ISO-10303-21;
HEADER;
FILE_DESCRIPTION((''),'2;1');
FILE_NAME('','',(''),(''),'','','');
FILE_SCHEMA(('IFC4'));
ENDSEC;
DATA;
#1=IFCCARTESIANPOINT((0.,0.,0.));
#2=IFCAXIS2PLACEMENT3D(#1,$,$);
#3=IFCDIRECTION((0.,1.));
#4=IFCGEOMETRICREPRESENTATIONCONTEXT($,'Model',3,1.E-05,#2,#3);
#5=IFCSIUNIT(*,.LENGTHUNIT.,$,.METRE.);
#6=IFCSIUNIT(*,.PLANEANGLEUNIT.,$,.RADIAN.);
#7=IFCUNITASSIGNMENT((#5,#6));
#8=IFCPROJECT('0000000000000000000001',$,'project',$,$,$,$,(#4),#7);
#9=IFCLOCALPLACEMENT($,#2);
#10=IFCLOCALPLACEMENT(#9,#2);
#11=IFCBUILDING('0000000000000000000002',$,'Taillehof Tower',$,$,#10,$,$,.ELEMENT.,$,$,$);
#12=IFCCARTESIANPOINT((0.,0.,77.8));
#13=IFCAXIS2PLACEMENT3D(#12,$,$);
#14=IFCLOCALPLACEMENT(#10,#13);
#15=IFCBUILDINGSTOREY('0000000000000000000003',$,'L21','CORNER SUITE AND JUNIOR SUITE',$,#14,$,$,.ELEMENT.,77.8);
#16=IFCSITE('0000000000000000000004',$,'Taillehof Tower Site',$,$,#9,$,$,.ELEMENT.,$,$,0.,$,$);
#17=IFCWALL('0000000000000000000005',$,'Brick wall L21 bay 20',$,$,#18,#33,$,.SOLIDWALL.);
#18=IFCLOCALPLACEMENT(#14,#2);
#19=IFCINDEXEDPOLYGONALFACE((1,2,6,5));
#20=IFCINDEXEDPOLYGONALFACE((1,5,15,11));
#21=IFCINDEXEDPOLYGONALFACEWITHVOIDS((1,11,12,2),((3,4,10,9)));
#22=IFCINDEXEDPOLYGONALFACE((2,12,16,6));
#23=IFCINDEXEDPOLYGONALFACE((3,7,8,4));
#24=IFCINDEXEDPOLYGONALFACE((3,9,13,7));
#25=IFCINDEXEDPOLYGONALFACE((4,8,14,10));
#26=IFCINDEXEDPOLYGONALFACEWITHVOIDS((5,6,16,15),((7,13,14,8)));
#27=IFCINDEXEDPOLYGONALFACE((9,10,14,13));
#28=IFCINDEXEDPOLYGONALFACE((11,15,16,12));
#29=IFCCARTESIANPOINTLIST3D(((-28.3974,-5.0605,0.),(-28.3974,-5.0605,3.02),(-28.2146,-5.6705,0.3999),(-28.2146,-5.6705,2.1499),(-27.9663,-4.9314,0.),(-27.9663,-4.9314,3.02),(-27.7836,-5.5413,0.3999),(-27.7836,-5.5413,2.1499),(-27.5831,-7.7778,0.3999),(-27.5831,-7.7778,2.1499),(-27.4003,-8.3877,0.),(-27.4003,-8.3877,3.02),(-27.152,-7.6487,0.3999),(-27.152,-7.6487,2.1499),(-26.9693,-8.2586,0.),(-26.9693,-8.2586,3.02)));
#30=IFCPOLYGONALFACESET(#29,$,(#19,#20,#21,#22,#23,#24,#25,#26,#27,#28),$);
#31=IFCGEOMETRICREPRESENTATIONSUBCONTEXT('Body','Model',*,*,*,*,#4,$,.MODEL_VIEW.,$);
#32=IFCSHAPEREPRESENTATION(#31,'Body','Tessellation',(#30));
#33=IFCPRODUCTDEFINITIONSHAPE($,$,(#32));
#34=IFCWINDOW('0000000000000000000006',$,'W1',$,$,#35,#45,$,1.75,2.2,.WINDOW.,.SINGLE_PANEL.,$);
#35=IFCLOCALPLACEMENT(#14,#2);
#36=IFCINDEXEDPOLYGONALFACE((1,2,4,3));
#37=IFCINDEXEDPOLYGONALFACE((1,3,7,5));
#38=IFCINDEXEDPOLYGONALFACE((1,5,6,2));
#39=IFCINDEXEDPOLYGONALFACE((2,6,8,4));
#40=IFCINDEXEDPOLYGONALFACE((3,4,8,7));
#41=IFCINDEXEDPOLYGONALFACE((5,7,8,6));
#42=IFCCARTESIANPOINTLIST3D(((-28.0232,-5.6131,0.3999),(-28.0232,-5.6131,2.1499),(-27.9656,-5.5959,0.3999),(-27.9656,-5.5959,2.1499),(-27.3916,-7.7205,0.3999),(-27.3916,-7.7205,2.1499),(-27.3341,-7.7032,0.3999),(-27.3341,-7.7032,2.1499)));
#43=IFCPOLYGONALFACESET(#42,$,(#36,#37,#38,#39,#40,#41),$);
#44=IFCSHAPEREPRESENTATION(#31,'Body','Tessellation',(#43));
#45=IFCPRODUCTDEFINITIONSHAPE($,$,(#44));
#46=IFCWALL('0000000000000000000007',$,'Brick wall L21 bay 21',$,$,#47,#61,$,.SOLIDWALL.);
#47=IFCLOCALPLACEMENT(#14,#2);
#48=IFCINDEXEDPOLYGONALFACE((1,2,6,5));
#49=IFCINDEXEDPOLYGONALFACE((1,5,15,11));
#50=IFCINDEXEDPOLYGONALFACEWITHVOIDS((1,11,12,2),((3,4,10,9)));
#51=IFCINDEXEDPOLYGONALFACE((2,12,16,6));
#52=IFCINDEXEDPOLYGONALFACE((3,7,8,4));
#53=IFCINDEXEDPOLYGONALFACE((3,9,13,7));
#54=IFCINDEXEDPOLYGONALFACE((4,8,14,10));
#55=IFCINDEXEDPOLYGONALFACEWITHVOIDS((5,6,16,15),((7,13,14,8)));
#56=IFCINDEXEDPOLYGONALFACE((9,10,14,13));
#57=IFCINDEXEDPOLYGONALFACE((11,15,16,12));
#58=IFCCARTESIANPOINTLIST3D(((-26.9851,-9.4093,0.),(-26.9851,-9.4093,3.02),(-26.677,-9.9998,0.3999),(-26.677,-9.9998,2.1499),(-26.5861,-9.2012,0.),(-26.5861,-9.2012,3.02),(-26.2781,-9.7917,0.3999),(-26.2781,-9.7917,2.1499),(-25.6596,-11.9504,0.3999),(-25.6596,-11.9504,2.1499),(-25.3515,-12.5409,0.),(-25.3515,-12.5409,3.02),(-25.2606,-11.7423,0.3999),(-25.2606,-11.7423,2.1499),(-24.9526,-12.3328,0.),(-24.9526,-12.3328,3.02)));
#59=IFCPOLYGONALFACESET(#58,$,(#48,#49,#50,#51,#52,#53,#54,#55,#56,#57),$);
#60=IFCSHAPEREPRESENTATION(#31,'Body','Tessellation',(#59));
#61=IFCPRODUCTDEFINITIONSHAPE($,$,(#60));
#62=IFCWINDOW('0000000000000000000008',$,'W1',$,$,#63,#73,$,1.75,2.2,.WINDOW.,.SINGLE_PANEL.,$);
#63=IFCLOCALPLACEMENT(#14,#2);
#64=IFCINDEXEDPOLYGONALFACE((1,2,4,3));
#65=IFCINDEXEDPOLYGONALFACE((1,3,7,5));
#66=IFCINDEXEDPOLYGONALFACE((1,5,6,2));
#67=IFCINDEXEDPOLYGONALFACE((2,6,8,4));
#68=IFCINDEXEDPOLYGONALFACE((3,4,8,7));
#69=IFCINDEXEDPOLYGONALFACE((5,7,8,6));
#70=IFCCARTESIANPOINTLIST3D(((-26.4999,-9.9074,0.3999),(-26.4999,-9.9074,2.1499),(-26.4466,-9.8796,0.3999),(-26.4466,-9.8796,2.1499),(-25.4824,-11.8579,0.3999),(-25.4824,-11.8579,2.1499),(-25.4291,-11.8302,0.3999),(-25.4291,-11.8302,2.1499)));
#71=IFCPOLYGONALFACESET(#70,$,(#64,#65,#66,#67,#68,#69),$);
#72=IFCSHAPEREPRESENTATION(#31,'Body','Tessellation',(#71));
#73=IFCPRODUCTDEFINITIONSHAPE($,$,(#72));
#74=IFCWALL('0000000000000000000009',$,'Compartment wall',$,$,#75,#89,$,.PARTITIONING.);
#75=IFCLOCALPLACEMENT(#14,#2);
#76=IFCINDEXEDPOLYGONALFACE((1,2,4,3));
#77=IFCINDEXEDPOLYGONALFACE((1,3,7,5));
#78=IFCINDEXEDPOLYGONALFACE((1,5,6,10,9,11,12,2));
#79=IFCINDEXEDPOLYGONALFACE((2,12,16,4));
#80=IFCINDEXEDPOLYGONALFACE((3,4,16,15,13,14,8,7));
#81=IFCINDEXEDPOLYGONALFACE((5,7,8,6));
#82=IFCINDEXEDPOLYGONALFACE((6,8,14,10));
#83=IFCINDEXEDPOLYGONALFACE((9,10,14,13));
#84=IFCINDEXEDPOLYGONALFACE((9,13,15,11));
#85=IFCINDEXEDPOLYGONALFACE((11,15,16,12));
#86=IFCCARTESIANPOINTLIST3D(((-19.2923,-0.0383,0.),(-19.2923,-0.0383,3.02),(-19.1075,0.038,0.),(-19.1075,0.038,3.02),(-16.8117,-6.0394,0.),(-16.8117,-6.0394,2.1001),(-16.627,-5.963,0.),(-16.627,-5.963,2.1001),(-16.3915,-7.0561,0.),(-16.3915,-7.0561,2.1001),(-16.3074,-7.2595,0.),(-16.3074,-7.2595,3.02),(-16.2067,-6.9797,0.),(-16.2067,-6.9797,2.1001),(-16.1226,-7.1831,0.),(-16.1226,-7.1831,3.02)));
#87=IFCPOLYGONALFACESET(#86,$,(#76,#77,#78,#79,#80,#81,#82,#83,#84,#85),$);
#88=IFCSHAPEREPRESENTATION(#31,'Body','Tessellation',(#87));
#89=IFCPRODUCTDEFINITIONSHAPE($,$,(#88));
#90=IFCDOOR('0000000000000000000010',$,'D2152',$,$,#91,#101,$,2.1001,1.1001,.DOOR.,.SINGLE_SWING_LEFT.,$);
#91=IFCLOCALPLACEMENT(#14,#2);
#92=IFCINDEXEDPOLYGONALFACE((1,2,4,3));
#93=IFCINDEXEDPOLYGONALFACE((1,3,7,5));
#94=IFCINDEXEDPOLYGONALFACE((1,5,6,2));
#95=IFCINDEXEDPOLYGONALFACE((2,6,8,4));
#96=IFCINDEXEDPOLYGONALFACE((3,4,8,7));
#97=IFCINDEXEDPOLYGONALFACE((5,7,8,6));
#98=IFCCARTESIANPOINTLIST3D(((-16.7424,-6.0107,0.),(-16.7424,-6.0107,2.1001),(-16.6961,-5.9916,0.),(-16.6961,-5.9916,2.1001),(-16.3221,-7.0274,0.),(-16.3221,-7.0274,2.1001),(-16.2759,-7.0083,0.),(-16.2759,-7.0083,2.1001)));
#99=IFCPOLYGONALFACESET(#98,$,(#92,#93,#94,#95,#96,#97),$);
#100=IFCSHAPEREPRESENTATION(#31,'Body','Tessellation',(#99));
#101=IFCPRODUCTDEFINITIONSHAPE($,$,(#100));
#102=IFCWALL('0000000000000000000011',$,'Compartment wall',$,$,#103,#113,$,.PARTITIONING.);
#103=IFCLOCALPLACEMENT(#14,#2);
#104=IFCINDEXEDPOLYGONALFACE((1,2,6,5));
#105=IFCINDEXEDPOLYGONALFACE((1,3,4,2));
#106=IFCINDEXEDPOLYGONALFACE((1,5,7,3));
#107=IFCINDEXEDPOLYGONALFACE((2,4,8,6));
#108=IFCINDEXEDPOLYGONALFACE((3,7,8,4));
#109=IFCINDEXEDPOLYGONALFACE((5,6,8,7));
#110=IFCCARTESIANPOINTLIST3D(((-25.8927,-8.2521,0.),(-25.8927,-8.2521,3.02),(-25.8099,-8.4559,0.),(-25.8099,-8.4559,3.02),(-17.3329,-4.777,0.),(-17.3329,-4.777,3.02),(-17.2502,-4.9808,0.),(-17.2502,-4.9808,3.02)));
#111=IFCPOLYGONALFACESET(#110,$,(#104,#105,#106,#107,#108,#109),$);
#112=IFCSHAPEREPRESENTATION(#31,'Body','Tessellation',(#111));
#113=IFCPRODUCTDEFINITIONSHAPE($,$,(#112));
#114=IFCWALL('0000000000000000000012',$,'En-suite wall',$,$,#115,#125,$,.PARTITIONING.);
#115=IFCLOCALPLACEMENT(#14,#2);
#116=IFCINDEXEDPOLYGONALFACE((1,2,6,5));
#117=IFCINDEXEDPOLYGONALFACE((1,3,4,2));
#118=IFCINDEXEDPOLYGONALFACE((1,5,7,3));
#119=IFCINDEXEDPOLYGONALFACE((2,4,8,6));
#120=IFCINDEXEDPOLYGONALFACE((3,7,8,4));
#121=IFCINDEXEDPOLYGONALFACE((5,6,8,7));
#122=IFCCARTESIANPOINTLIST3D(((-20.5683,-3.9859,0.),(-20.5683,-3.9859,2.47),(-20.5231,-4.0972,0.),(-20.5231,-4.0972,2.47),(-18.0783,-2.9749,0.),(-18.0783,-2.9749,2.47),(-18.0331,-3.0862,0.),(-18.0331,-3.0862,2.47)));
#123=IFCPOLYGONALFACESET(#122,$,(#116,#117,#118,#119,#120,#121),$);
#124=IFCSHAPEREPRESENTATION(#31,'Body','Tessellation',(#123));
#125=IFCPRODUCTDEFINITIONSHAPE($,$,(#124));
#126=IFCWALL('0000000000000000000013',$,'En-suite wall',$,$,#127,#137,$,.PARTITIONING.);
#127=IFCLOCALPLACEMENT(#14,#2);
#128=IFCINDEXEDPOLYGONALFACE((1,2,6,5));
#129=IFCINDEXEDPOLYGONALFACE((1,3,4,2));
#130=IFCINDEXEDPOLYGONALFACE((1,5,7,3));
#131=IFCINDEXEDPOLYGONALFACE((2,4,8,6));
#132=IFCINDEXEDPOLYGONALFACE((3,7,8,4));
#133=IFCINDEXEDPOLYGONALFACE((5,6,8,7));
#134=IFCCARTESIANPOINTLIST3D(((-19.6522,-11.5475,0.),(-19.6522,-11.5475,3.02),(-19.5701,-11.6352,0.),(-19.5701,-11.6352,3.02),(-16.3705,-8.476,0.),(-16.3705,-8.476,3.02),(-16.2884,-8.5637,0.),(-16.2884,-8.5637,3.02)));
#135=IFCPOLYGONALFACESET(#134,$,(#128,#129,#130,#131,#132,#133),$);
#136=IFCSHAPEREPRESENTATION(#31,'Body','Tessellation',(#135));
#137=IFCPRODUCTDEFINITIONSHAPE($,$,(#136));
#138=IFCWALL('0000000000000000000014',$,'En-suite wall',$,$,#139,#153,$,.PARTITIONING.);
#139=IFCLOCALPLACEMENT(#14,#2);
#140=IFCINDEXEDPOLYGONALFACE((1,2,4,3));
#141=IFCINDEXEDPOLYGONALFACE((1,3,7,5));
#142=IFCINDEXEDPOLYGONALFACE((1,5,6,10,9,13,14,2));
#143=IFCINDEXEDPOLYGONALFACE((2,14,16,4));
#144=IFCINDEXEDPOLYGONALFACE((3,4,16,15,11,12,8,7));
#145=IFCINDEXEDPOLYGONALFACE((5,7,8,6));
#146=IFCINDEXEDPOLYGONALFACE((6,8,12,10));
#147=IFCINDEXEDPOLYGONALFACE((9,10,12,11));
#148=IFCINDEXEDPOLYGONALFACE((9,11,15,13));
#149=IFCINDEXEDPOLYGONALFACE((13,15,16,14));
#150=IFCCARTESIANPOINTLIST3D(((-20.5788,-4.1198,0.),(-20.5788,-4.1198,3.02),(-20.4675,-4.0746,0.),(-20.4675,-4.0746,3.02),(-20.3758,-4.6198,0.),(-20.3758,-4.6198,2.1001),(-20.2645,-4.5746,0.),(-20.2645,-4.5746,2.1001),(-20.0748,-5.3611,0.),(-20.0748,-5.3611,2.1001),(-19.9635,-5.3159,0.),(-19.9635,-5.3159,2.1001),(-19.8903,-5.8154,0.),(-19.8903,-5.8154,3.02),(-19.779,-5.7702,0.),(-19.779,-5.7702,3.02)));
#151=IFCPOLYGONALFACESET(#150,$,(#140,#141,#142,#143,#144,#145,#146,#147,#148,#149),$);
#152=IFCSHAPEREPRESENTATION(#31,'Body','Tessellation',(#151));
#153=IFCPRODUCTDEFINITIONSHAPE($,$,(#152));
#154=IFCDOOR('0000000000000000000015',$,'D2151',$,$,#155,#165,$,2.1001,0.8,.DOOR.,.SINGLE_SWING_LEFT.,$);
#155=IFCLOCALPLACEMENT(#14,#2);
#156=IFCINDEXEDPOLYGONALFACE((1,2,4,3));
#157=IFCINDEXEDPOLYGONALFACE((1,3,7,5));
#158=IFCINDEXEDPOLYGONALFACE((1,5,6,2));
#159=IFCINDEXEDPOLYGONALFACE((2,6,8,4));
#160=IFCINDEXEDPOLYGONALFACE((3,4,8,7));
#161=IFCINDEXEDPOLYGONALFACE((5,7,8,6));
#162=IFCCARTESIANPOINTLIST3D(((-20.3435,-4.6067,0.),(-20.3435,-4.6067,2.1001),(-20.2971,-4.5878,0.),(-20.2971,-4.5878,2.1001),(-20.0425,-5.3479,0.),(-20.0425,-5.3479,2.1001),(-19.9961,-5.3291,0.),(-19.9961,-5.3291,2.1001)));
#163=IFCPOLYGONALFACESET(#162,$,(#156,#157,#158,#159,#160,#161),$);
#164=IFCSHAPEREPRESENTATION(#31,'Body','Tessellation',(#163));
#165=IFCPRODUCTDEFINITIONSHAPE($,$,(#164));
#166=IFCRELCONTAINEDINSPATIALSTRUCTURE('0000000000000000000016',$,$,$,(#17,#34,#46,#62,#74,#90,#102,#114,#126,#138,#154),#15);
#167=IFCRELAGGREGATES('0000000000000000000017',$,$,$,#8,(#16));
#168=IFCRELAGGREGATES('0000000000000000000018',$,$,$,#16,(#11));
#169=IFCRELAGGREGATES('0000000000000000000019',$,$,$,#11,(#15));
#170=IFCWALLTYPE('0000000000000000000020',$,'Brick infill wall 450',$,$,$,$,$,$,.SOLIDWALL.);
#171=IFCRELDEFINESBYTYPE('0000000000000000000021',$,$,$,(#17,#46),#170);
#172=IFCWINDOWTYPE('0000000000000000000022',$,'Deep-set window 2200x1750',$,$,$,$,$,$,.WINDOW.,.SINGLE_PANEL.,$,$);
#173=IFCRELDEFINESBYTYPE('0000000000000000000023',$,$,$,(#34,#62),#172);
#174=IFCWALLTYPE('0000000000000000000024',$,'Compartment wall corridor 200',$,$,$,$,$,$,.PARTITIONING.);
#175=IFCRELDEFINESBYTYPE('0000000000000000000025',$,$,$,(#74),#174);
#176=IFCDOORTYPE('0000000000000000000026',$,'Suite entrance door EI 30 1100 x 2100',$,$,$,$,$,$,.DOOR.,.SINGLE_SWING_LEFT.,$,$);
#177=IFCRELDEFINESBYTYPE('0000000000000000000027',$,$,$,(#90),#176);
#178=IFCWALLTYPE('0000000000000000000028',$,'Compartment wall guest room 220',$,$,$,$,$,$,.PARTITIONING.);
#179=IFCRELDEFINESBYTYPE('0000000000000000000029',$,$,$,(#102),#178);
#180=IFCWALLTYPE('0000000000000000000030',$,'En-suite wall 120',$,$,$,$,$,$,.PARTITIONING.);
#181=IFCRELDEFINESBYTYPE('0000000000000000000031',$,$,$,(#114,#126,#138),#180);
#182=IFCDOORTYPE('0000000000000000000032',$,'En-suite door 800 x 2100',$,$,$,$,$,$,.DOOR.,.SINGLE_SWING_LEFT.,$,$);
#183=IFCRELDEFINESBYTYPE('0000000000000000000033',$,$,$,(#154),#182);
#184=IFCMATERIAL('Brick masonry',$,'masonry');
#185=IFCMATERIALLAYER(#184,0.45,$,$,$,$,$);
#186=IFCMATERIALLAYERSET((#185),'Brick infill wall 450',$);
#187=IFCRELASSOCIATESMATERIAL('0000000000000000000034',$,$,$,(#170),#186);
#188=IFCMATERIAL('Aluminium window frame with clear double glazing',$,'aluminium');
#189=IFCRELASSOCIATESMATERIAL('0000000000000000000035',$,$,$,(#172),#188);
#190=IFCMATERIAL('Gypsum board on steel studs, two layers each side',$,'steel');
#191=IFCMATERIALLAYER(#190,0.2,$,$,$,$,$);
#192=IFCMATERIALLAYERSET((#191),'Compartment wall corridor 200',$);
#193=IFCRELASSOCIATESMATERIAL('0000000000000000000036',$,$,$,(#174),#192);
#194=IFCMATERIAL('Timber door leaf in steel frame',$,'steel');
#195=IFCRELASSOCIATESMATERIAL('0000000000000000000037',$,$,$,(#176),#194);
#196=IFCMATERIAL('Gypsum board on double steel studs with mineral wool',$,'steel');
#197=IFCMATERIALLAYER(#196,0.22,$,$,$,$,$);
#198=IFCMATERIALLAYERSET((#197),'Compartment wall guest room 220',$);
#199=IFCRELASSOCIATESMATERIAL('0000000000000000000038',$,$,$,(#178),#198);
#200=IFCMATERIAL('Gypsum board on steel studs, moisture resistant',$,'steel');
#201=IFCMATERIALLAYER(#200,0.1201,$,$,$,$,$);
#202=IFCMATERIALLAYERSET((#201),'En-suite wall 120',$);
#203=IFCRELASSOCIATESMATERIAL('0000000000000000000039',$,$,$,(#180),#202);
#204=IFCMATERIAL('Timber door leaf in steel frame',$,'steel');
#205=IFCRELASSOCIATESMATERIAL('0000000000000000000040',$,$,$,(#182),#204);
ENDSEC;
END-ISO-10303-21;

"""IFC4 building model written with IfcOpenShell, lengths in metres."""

from ifc_helpers import new_model, si_unit, direction, frame, frame_2d, origin, place, context, subcontext, project, spatial, rectangle, extrude, material, layer, layer_set, type_object, element, fill, save


model = new_model("IFC4")

# Units and contexts
model_context = context("Model", 3, precision=1e-05, world=origin(), true_north=direction((0.0, 1.0)))
body_context = subcontext(model_context, "Body", "Model", "MODEL_VIEW")
ifc_project = project(units=[si_unit("LENGTHUNIT", "METRE"), si_unit("PLANEANGLEUNIT", "RADIAN")], contexts=[model_context])

# Site, building, storey
site_placement = place(None, origin())
site = spatial("IfcSite", under=ifc_project, at=site_placement, Name="Taillehof Tower Site", CompositionType="ELEMENT", RefElevation=0.0)
building_placement = place(site_placement, origin())
building = spatial("IfcBuilding", under=site, at=building_placement, Name="Taillehof Tower", CompositionType="ELEMENT")
storey_placement = place(building_placement, frame((0.0, 0.0, 77.8)))
storey = spatial("IfcBuildingStorey", under=building, at=storey_placement, Name="L21", Description="CORNER SUITE AND JUNIOR SUITE", CompositionType="ELEMENT", Elevation=77.8)

# Walls, openings, windows
ifc_material_1 = material(Name="Brick masonry", Category="masonry")
ifc_layer_1 = layer(ifc_material_1, 0.45)
ifc_layer_set_1 = layer_set([ifc_layer_1], Name="Brick infill wall 450")
wall_type_1 = type_object("IfcWallType", Name="Brick infill wall 450", PredefinedType="SOLIDWALL", material=ifc_layer_set_1)
ifc_material_2 = material(Name="Aluminium window frame with clear double glazing", Category="aluminium")
window_type = type_object("IfcWindowType", Name="Deep-set window 2200x1750", PartitioningType="SINGLE_PANEL", PredefinedType="WINDOW", material=ifc_material_2)
wall_1_placement = place(storey_placement, frame((-28.1819, -4.9958, 0.0), z_axis=(0.0, 0.0, 1.0), x_axis=(0.287064, -0.957911, 0.0)))
wall_1 = element("IfcWall", 1, at=wall_1_placement, inside=storey, type_object=wall_type_1, Name="Brick wall L21 bay 20", PredefinedType="SOLIDWALL", context=body_context, shape_type="SweptSolid", body=[
    extrude(rectangle(XDim=3.4734, YDim=0.45, at=frame_2d((1.7368, 0.0))), origin(), (0.0, 0.0, 1.0), 3.02),
])
opening_1_placement = place(wall_1_placement, frame((0.6367, 0.0, 0.3999)))
opening_1 = element("IfcOpeningElement", 2, at=opening_1_placement, cuts=wall_1, PredefinedType="OPENING", context=body_context, shape_type="SweptSolid", body=[
    extrude(rectangle(XDim=2.2, YDim=1.75, at=frame_2d((1.1001, 0.875))), frame((0.0, 0.2349, 0.0), z_axis=(0.0, -1.0, 0.0), x_axis=(1.0, 0.0, 0.0)), (0.0, 0.0, 1.0), 0.47),
])
window_1_placement = place(opening_1_placement, origin())
window_1 = element("IfcWindow", 3, at=window_1_placement, inside=storey, type_object=window_type, Name="W1", OverallHeight=1.75, OverallWidth=2.2, PartitioningType="SINGLE_PANEL", PredefinedType="WINDOW", context=body_context, shape_type="SweptSolid", body=[
    extrude(rectangle(XDim=2.2, YDim=1.75, at=frame_2d((1.1001, 0.875))), frame((0.0, 0.0349, 0.0), z_axis=(0.0, -1.0, 0.0), x_axis=(1.0, 0.0, 0.0)), (0.0, 0.0, 1.0), 0.0601),
])
fill(opening_1, window_1)
wall_2_placement = place(storey_placement, frame((-26.7856, -9.3052, 0.0), z_axis=(0.0, 0.0, 1.0), x_axis=(0.462493, -0.886623, 0.0)))
wall_2 = element("IfcWall", 4, at=wall_2_placement, inside=storey, type_object=wall_type_1, Name="Brick wall L21 bay 21", PredefinedType="SOLIDWALL", context=body_context, shape_type="SweptSolid", body=[
    extrude(rectangle(XDim=3.532, YDim=0.45, at=frame_2d((1.7661, 0.0))), origin(), (0.0, 0.0, 1.0), 3.02),
])
opening_2_placement = place(wall_2_placement, frame((0.666, 0.0, 0.3999)))
opening_2 = element("IfcOpeningElement", 5, at=opening_2_placement, cuts=wall_2, PredefinedType="OPENING", context=body_context, shape_type="SweptSolid", body=[
    extrude(rectangle(XDim=2.2, YDim=1.75, at=frame_2d((1.1001, 0.875))), frame((0.0, 0.2349, 0.0), z_axis=(0.0, -1.0, 0.0), x_axis=(1.0, 0.0, 0.0)), (0.0, 0.0, 1.0), 0.47),
])
window_2_placement = place(opening_2_placement, origin())
window_2 = element("IfcWindow", 6, at=window_2_placement, inside=storey, type_object=window_type, Name="W1", OverallHeight=1.75, OverallWidth=2.2, PartitioningType="SINGLE_PANEL", PredefinedType="WINDOW", context=body_context, shape_type="SweptSolid", body=[
    extrude(rectangle(XDim=2.2, YDim=1.75, at=frame_2d((1.1001, 0.875))), frame((0.0, 0.0349, 0.0), z_axis=(0.0, -1.0, 0.0), x_axis=(1.0, 0.0, 0.0)), (0.0, 0.0, 1.0), 0.0601),
])
fill(opening_2, window_2)

# Wall, opening, door
ifc_material_3 = material(Name="Gypsum board on steel studs, two layers each side", Category="steel")
ifc_layer_2 = layer(ifc_material_3, 0.2)
ifc_layer_set_2 = layer_set([ifc_layer_2], Name="Compartment wall corridor 200")
wall_type_2 = type_object("IfcWallType", Name="Compartment wall corridor 200", PredefinedType="PARTITIONING", material=ifc_layer_set_2)
wall_3_placement = place(storey_placement, frame((-16.2151, -7.2212, 0.0), z_axis=(0.0, 0.0, 1.0), x_axis=(-0.382, 0.924162, 0.0)))
wall_3 = element("IfcWall", 7, at=wall_3_placement, inside=storey, type_object=wall_type_2, Name="Compartment wall", PredefinedType="PARTITIONING", context=body_context, shape_type="SweptSolid", body=[
    extrude(rectangle(XDim=7.8137, YDim=0.2, at=frame_2d((3.9067, 0.0))), origin(), (0.0, 0.0, 1.0), 3.02),
])
opening_3_placement = place(wall_3_placement, frame((0.22, 0.0, 0.0)))
opening_3 = element("IfcOpeningElement", 8, at=opening_3_placement, cuts=wall_3, PredefinedType="OPENING", context=body_context, shape_type="SweptSolid", body=[
    extrude(rectangle(XDim=1.1001, YDim=2.1001, at=frame_2d((0.55, 1.05))), frame((0.0, 0.1099, 0.0), z_axis=(0.0, -1.0, 0.0), x_axis=(1.0, 0.0, 0.0)), (0.0, 0.0, 1.0), 0.22),
])
ifc_material_4 = material(Name="Timber door leaf in steel frame", Category="steel")
door_type_1 = type_object("IfcDoorType", Name="Suite entrance door EI 30 1100 x 2100", OperationType="SINGLE_SWING_LEFT", PredefinedType="DOOR", material=ifc_material_4)
door_1_placement = place(opening_3_placement, origin())
door_1 = element("IfcDoor", 9, at=door_1_placement, inside=storey, type_object=door_type_1, Name="D2152", OperationType="SINGLE_SWING_LEFT", OverallHeight=2.1001, OverallWidth=1.1001, PredefinedType="DOOR", context=body_context, shape_type="SweptSolid", body=[
    extrude(rectangle(XDim=1.1001, YDim=2.1001, at=frame_2d((0.55, 1.05))), frame((0.0, 0.0249, 0.0), z_axis=(0.0, -1.0, 0.0), x_axis=(1.0, 0.0, 0.0)), (0.0, 0.0, 1.0), 0.05),
])
fill(opening_3, door_1)

# Walls
ifc_material_5 = material(Name="Gypsum board on double steel studs with mineral wool", Category="steel")
ifc_layer_3 = layer(ifc_material_5, 0.22)
ifc_layer_set_3 = layer_set([ifc_layer_3], Name="Compartment wall guest room 220")
wall_type_3 = type_object("IfcWallType", Name="Compartment wall guest room 220", PredefinedType="PARTITIONING", material=ifc_layer_set_3)
wall_4_placement = place(storey_placement, frame((-25.8513, -8.354, 0.0), z_axis=(0.0, 0.0, 1.0), x_axis=(0.926554, 0.376161, 0.0)))
element("IfcWall", 10, at=wall_4_placement, inside=storey, type_object=wall_type_3, Name="Compartment wall", PredefinedType="PARTITIONING", context=body_context, shape_type="SweptSolid", body=[
    extrude(rectangle(XDim=9.2383, YDim=0.22, at=frame_2d((4.6191, 0.0))), origin(), (0.0, 0.0, 1.0), 3.02),
])
ifc_material_6 = material(Name="Gypsum board on steel studs, moisture resistant", Category="steel")
ifc_layer_4 = layer(ifc_material_6, 0.1201)
ifc_layer_set_4 = layer_set([ifc_layer_4], Name="En-suite wall 120")
wall_type_4 = type_object("IfcWallType", Name="En-suite wall 120", PredefinedType="PARTITIONING", material=ifc_layer_set_4)
wall_5_placement = place(storey_placement, frame((-18.0557, -3.0305, 0.0), z_axis=(0.0, 0.0, 1.0), x_axis=(-0.926541, -0.376194, 0.0)))
element("IfcWall", 11, at=wall_5_placement, inside=storey, type_object=wall_type_4, Name="En-suite wall", PredefinedType="PARTITIONING", context=body_context, shape_type="SweptSolid", body=[
    extrude(rectangle(XDim=2.6875, YDim=0.1201, at=frame_2d((1.3438, 0.0))), origin(), (0.0, 0.0, 1.0), 2.47),
])
wall_6_placement = place(storey_placement, frame((-16.3293, -8.5198, 0.0), z_axis=(0.0, 0.0, 1.0), x_axis=(-0.730103, -0.683337, 0.0)))
element("IfcWall", 12, at=wall_6_placement, inside=storey, type_object=wall_type_4, Name="En-suite wall", PredefinedType="PARTITIONING", context=body_context, shape_type="SweptSolid", body=[
    extrude(rectangle(XDim=4.4949, YDim=0.1201, at=frame_2d((2.2476, 0.0))), origin(), (0.0, 0.0, 1.0), 3.02),
])

# Wall, opening, door
wall_7_placement = place(storey_placement, frame((-20.5232, -4.0972, 0.0), z_axis=(0.0, 0.0, 1.0), x_axis=(0.376216, -0.926532, 0.0)))
wall_7 = element("IfcWall", 13, at=wall_7_placement, inside=storey, type_object=wall_type_4, Name="En-suite wall", PredefinedType="PARTITIONING", context=body_context, shape_type="SweptSolid", body=[
    extrude(rectangle(XDim=1.8301, YDim=0.1201, at=frame_2d((0.915, 0.0))), origin(), (0.0, 0.0, 1.0), 3.02),
])
opening_4_placement = place(wall_7_placement, frame((0.5398, 0.0, 0.0)))
opening_4 = element("IfcOpeningElement", 14, at=opening_4_placement, cuts=wall_7, PredefinedType="OPENING", context=body_context, shape_type="SweptSolid", body=[
    extrude(rectangle(XDim=0.8, YDim=2.1001, at=frame_2d((0.3999, 1.05))), frame((0.0, 0.0701, 0.0), z_axis=(0.0, -1.0, 0.0), x_axis=(1.0, 0.0, 0.0)), (0.0, 0.0, 1.0), 0.1401),
])
ifc_material_7 = material(Name="Timber door leaf in steel frame", Category="steel")
door_type_2 = type_object("IfcDoorType", Name="En-suite door 800 x 2100", OperationType="SINGLE_SWING_LEFT", PredefinedType="DOOR", material=ifc_material_7)
door_2_placement = place(opening_4_placement, origin())
door_2 = element("IfcDoor", 15, at=door_2_placement, inside=storey, type_object=door_type_2, Name="D2151", OperationType="SINGLE_SWING_LEFT", OverallHeight=2.1001, OverallWidth=0.8, PredefinedType="DOOR", context=body_context, shape_type="SweptSolid", body=[
    extrude(rectangle(XDim=0.8, YDim=2.1001, at=frame_2d((0.3999, 1.05))), frame((0.0, 0.0249, 0.0), z_axis=(0.0, -1.0, 0.0), x_axis=(1.0, 0.0, 0.0)), (0.0, 0.0, 1.0), 0.05),
])
fill(opening_4, door_2)

save(model, "model.ifc")
